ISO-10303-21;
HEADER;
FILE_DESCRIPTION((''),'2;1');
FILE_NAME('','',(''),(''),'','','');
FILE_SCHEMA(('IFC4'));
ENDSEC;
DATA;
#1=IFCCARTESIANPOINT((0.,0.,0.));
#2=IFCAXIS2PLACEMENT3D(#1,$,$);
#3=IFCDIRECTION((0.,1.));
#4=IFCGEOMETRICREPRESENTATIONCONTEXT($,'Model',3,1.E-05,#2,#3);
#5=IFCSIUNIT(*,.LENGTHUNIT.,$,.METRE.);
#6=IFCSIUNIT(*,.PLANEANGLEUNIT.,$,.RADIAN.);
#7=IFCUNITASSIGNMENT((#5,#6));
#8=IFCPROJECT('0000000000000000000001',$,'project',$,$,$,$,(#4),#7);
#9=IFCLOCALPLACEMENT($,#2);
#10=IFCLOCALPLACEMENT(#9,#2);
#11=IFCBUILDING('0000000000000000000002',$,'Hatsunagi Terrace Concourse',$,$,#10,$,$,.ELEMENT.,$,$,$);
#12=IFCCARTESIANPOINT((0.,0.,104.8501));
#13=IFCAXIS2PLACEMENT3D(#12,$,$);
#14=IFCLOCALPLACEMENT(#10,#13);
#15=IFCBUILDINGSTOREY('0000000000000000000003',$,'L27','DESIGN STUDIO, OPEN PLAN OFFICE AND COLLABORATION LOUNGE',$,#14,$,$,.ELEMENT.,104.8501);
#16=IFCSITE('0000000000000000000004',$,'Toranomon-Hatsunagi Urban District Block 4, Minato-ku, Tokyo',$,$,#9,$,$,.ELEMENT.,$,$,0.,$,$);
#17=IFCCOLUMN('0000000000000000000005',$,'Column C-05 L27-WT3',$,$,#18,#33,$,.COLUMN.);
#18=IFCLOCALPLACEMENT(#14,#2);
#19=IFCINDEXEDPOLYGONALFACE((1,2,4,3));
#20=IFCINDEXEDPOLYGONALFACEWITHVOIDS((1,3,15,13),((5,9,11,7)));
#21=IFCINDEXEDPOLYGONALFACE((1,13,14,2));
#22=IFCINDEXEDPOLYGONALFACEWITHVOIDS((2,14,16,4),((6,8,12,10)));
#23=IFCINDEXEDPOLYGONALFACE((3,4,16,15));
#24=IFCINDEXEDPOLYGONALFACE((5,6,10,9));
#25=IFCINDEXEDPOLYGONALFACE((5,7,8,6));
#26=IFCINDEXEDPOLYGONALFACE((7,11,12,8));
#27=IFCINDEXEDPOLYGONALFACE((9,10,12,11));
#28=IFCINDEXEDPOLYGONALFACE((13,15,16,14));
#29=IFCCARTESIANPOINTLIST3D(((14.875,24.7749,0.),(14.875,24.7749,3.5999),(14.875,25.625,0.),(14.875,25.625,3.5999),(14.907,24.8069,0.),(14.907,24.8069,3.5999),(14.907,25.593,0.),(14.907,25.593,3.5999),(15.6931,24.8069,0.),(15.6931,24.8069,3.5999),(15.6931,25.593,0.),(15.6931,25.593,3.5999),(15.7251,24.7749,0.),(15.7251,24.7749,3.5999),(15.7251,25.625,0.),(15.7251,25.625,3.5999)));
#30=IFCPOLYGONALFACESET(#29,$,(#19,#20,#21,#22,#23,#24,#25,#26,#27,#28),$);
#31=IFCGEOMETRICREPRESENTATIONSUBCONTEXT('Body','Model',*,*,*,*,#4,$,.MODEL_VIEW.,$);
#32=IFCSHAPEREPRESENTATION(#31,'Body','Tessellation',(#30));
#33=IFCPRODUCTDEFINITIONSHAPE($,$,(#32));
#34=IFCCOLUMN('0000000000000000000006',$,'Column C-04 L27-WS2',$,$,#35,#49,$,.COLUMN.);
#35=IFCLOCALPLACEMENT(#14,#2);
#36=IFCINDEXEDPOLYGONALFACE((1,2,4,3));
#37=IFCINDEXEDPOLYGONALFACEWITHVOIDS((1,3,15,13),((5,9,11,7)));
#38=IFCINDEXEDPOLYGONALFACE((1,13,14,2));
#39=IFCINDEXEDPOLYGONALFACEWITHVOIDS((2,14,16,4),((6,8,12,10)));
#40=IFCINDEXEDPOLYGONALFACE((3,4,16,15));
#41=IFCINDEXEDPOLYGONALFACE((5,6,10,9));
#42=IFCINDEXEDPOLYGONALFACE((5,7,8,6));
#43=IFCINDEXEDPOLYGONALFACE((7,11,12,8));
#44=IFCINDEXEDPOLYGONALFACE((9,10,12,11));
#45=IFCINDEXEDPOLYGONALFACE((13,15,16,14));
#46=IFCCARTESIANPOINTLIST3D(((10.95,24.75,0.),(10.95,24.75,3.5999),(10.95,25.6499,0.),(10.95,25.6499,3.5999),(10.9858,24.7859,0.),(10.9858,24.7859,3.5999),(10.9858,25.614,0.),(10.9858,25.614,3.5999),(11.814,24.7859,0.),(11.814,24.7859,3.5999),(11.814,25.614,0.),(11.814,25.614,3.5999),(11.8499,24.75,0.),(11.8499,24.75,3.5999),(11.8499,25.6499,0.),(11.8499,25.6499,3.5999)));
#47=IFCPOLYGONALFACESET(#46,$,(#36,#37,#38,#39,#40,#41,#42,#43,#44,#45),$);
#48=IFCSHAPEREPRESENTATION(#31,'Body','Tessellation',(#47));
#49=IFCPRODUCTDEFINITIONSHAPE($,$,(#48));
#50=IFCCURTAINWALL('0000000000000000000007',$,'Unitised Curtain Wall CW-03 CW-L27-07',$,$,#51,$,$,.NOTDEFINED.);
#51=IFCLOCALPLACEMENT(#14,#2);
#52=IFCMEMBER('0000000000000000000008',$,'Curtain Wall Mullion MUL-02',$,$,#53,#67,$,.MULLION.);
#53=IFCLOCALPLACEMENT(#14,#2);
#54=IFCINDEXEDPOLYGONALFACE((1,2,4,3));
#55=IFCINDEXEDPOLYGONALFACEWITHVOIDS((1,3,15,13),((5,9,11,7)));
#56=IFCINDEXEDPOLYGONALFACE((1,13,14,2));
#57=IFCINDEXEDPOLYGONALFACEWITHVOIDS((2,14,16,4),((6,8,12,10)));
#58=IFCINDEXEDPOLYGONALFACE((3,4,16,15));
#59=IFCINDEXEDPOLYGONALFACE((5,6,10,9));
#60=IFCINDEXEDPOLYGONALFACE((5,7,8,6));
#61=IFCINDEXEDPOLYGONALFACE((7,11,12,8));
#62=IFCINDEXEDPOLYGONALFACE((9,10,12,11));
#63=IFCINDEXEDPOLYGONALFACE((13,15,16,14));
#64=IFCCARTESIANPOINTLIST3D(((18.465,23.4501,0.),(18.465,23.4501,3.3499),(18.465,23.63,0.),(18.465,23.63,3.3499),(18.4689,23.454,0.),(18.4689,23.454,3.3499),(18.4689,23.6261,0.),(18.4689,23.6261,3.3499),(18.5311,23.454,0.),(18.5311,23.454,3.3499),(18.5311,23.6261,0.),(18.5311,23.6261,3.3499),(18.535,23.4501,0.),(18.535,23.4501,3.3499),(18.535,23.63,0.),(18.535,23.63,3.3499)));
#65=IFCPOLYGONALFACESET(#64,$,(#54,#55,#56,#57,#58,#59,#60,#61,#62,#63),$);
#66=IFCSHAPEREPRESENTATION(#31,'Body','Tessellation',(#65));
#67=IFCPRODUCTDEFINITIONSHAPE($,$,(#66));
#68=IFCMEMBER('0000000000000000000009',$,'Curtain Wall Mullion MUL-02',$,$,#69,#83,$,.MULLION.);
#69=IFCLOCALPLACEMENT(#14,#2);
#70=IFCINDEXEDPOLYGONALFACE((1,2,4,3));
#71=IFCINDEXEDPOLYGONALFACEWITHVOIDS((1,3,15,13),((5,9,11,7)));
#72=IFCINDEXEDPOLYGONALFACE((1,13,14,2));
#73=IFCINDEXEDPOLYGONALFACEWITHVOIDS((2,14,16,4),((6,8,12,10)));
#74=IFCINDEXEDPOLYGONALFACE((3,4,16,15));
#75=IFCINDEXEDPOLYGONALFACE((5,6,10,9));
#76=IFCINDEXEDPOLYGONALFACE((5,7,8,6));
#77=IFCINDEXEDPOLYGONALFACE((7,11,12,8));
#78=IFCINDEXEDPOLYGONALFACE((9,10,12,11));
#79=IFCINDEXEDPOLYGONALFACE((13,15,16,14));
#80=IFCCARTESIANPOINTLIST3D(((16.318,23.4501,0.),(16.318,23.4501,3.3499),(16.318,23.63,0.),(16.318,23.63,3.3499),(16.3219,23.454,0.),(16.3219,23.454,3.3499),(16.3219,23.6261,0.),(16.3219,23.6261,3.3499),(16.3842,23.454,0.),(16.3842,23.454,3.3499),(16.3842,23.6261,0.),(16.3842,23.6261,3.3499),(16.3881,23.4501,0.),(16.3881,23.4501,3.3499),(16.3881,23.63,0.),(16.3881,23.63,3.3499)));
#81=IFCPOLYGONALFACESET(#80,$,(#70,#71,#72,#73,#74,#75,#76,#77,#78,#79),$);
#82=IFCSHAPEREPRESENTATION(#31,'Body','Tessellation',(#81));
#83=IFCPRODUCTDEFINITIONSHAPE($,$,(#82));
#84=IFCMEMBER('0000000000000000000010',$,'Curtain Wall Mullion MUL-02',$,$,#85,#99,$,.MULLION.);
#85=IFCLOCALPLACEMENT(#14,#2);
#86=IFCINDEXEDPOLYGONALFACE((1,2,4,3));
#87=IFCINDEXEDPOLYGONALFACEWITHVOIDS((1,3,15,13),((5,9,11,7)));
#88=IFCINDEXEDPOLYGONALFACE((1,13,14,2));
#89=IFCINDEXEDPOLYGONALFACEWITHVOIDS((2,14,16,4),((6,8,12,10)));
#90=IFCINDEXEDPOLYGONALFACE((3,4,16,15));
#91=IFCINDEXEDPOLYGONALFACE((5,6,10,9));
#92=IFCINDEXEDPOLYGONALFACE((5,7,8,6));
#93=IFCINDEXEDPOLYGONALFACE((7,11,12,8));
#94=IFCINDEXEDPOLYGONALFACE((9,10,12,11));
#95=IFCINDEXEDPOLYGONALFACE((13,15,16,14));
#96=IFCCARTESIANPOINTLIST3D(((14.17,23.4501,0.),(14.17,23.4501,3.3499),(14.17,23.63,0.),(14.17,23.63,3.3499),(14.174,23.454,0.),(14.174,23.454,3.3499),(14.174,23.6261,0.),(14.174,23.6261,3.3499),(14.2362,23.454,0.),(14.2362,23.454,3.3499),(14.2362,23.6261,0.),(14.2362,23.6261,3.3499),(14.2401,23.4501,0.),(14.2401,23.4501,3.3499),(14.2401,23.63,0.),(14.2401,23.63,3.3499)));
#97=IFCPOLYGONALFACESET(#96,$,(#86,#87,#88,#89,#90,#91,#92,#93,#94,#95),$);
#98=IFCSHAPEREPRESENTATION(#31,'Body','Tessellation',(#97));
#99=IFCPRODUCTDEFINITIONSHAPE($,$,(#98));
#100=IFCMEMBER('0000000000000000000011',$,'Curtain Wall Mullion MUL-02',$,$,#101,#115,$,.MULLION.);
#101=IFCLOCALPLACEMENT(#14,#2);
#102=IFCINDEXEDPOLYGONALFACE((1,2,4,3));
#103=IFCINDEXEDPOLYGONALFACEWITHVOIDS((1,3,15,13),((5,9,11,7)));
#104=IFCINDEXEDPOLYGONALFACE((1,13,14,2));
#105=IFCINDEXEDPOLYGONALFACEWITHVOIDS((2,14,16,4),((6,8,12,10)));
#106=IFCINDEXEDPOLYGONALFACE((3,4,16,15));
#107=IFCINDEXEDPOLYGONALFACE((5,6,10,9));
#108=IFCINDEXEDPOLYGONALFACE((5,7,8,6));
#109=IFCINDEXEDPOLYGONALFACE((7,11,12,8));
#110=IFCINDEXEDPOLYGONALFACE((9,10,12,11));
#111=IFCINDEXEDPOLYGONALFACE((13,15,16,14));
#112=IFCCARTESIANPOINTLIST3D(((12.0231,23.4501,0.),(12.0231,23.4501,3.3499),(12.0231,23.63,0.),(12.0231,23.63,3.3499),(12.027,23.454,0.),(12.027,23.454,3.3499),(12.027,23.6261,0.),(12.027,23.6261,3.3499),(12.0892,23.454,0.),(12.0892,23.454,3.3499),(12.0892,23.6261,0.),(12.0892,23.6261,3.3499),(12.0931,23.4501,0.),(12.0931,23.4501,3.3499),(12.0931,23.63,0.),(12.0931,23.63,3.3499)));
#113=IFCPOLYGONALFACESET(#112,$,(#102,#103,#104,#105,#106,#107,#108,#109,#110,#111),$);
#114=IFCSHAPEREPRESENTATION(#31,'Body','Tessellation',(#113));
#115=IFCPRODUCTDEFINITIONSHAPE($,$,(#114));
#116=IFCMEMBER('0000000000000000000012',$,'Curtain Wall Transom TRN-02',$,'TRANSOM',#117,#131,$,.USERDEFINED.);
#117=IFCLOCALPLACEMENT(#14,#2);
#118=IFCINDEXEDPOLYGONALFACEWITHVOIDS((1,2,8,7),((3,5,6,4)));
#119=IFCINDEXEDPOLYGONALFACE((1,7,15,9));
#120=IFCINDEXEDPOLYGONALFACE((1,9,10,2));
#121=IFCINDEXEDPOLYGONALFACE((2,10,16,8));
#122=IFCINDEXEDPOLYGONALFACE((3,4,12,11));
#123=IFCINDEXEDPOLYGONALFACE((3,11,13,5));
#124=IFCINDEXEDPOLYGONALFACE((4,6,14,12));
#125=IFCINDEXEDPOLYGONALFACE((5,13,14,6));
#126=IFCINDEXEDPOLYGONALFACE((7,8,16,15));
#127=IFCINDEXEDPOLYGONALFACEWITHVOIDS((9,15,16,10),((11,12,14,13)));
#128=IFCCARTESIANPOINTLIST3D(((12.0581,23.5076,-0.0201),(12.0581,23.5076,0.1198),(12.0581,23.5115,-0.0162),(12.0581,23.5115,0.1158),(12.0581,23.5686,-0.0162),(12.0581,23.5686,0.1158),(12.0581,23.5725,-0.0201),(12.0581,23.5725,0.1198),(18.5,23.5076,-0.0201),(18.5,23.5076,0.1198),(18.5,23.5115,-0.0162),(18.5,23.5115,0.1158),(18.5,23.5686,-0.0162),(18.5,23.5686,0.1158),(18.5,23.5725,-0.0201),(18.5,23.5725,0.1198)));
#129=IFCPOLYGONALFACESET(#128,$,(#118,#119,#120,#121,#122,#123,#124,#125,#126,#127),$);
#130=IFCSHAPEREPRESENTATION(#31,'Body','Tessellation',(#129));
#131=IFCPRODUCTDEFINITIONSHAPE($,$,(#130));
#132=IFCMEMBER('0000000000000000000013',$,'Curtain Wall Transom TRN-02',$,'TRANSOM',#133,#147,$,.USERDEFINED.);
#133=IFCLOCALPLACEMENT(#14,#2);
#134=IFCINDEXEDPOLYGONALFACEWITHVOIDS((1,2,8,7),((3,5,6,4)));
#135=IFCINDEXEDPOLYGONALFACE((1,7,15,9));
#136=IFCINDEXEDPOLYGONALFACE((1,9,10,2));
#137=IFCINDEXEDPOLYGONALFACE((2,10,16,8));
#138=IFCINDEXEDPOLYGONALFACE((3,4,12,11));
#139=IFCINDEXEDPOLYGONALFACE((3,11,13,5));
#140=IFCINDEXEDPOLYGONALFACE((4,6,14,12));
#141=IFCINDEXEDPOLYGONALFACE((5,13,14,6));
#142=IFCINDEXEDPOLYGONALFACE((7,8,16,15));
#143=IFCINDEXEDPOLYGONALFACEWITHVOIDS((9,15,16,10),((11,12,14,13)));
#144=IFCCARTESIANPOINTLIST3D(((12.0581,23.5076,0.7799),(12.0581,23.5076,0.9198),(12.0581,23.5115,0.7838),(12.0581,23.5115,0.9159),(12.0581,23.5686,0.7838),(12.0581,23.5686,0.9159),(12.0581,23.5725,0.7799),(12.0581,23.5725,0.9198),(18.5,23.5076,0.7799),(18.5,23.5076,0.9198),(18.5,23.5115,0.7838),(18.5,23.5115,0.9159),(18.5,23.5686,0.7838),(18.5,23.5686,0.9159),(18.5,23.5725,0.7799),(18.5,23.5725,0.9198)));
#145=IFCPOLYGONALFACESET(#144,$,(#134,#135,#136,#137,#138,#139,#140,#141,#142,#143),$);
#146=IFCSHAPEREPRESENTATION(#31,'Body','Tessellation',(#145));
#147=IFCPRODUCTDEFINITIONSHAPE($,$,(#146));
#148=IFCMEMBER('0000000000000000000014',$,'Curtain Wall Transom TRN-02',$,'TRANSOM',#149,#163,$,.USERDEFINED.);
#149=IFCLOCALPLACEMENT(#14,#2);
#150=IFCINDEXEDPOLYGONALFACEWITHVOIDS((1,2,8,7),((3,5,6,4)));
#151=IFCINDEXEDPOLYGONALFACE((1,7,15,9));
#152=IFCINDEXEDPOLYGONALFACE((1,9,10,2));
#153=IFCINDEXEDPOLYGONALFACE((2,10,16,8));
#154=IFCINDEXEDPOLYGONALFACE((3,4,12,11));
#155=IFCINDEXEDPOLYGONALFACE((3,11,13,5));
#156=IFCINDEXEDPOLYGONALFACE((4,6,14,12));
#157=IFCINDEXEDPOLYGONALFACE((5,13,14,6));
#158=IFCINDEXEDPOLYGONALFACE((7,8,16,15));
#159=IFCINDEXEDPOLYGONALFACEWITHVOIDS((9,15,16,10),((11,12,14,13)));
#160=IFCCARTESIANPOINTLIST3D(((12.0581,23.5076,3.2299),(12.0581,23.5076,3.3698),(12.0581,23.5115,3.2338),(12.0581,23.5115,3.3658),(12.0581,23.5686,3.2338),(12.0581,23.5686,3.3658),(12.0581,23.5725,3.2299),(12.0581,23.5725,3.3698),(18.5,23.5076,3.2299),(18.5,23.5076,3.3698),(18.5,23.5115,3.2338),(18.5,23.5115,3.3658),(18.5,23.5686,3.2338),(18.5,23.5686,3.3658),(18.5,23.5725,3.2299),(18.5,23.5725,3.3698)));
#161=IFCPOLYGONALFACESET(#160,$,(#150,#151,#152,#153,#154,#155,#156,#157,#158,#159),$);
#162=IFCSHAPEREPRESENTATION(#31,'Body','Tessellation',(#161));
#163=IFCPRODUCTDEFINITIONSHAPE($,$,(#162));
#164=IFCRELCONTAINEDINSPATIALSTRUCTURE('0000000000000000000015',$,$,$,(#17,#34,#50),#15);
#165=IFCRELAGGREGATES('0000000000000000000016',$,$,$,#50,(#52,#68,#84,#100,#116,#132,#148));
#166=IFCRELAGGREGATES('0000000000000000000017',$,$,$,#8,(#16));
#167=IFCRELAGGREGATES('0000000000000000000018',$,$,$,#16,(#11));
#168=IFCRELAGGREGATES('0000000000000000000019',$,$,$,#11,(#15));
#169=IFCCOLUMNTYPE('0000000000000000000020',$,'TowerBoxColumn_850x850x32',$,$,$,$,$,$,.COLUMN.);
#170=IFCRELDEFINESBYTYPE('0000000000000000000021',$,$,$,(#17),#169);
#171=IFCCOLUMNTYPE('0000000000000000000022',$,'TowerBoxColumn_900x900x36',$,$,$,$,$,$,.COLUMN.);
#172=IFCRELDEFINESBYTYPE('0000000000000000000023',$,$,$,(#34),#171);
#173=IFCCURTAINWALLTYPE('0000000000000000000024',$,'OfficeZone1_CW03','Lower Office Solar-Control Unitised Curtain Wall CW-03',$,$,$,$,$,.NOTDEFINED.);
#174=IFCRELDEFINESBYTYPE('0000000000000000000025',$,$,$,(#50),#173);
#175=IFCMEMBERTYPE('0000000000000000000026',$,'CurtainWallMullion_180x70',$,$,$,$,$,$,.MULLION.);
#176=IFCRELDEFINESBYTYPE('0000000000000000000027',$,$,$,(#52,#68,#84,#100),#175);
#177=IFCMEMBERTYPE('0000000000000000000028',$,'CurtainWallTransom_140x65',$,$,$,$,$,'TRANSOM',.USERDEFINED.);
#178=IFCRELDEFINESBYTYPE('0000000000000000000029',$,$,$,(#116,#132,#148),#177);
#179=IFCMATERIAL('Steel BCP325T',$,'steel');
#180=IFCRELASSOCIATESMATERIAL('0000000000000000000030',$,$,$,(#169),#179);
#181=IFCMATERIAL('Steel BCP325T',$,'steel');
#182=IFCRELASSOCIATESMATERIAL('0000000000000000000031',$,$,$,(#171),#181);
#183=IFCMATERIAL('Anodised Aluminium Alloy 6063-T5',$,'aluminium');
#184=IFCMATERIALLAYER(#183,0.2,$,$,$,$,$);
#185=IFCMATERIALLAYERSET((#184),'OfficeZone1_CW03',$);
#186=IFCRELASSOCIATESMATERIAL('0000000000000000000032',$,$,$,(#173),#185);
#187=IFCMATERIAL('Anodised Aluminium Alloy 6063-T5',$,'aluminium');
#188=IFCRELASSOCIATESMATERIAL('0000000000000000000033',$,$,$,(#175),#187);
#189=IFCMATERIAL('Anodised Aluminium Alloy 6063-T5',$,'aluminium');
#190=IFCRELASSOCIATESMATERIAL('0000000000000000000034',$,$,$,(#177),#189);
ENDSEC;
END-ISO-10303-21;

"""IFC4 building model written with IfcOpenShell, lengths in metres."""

from ifc_helpers import new_model, si_unit, direction, frame, origin, origin_2d, place, context, subcontext, project, spatial, hollow_rectangle, extrude, material, layer, layer_set, material_profile, profile_set, type_object, element, aggregate, save


model = new_model("IFC4")

# Units and contexts
model_context = context("Model", 3, precision=1e-05, world=origin(), true_north=direction((0.0, 1.0)))
body_context = subcontext(model_context, "Body", "Model", "MODEL_VIEW")
ifc_project = project(units=[si_unit("LENGTHUNIT", "METRE"), si_unit("PLANEANGLEUNIT", "RADIAN")], contexts=[model_context])

# Site, building, storey
site_placement = place(None, origin())
site = spatial("IfcSite", under=ifc_project, at=site_placement, Name="Toranomon-Hatsunagi Urban District Block 4, Minato-ku, Tokyo", CompositionType="ELEMENT", RefElevation=0.0)
building_placement = place(site_placement, origin())
building = spatial("IfcBuilding", under=site, at=building_placement, Name="Hatsunagi Terrace Concourse", CompositionType="ELEMENT")
storey_placement = place(building_placement, frame((0.0, 0.0, 104.8501)))
storey = spatial("IfcBuildingStorey", under=building, at=storey_placement, Name="L27", Description="DESIGN STUDIO, OPEN PLAN OFFICE AND COLLABORATION LOUNGE", CompositionType="ELEMENT", Elevation=104.8501)

# Columns
ifc_material_1 = material(Name="Steel BCP325T", Category="steel")
ifc_material_profile_1 = material_profile(ifc_material_1, hollow_rectangle(XDim=0.8501, YDim=0.8501, WallThickness=0.032, at=origin_2d()), Name="BCP-850x850x32")
ifc_profile_set_1 = profile_set([ifc_material_profile_1], Name="Steel BCP325T")
column_type_1 = type_object("IfcColumnType", Name="TowerBoxColumn_850x850x32", PredefinedType="COLUMN", material=ifc_profile_set_1)
column_1_placement = place(storey_placement, frame((15.3, 25.2, 0.0), z_axis=(0.0, 0.0, 1.0), x_axis=(1.0, 0.0, 0.0)))
element("IfcColumn", 1, at=column_1_placement, inside=storey, type_object=column_type_1, Name="Column C-05 L27-WT3", PredefinedType="COLUMN", context=body_context, shape_type="SweptSolid", body=[
    extrude(hollow_rectangle(XDim=0.8501, YDim=0.8501, WallThickness=0.032, at=origin_2d()), origin(), (0.0, 0.0, 1.0), 3.5999),
])
ifc_material_2 = material(Name="Steel BCP325T", Category="steel")
ifc_material_profile_2 = material_profile(ifc_material_2, hollow_rectangle(XDim=0.8999, YDim=0.8999, WallThickness=0.0359, at=origin_2d()), Name="BCP-900x900x36")
ifc_profile_set_2 = profile_set([ifc_material_profile_2], Name="Steel BCP325T")
column_type_2 = type_object("IfcColumnType", Name="TowerBoxColumn_900x900x36", PredefinedType="COLUMN", material=ifc_profile_set_2)
column_2_placement = place(storey_placement, frame((11.3999, 25.2, 0.0), z_axis=(0.0, 0.0, 1.0), x_axis=(1.0, 0.0, 0.0)))
element("IfcColumn", 2, at=column_2_placement, inside=storey, type_object=column_type_2, Name="Column C-04 L27-WS2", PredefinedType="COLUMN", context=body_context, shape_type="SweptSolid", body=[
    extrude(hollow_rectangle(XDim=0.8999, YDim=0.8999, WallThickness=0.0359, at=origin_2d()), origin(), (0.0, 0.0, 1.0), 3.5999),
])

# Curtain wall, members
ifc_material_3 = material(Name="Anodised Aluminium Alloy 6063-T5", Category="aluminium")
ifc_layer_1 = layer(ifc_material_3, 0.2)
ifc_layer_set_1 = layer_set([ifc_layer_1], Name="OfficeZone1_CW03")
curtain_wall_type = type_object("IfcCurtainWallType", Name="OfficeZone1_CW03", Description="Lower Office Solar-Control Unitised Curtain Wall CW-03", PredefinedType="NOTDEFINED", material=ifc_layer_set_1)
curtain_wall_placement = place(storey_placement, origin())
curtain_wall = element("IfcCurtainWall", 3, at=curtain_wall_placement, inside=storey, type_object=curtain_wall_type, Name="Unitised Curtain Wall CW-03 CW-L27-07", PredefinedType="NOTDEFINED")
ifc_material_4 = material(Name="Anodised Aluminium Alloy 6063-T5", Category="aluminium")
ifc_material_profile_3 = material_profile(ifc_material_4, hollow_rectangle(XDim=0.0701, YDim=0.1799, WallThickness=0.0039, at=origin_2d()), Name="ALU-MUL-180x70x4")
ifc_profile_set_3 = profile_set([ifc_material_profile_3], Name="Anodised Aluminium Alloy 6063-T5")
member_type_1 = type_object("IfcMemberType", Name="CurtainWallMullion_180x70", PredefinedType="MULLION", material=ifc_profile_set_3)
member_1_placement = place(storey_placement, frame((18.5, 23.54, 0.0), z_axis=(0.0, 0.0, 1.0), x_axis=(-1.0, 0.0, 0.0)))
member_1 = element("IfcMember", 4, at=member_1_placement, type_object=member_type_1, Name="Curtain Wall Mullion MUL-02", PredefinedType="MULLION", context=body_context, shape_type="SweptSolid", body=[
    extrude(hollow_rectangle(XDim=0.0701, YDim=0.1799, WallThickness=0.0039, at=origin_2d()), origin(), (0.0, 0.0, 1.0), 3.3499),
])
member_2_placement = place(storey_placement, frame((16.353, 23.54, 0.0), z_axis=(0.0, 0.0, 1.0), x_axis=(-1.0, 0.0, 0.0)))
member_2 = element("IfcMember", 5, at=member_2_placement, type_object=member_type_1, Name="Curtain Wall Mullion MUL-02", PredefinedType="MULLION", context=body_context, shape_type="SweptSolid", body=[
    extrude(hollow_rectangle(XDim=0.0701, YDim=0.1799, WallThickness=0.0039, at=origin_2d()), origin(), (0.0, 0.0, 1.0), 3.3499),
])
member_3_placement = place(storey_placement, frame((14.2051, 23.54, 0.0), z_axis=(0.0, 0.0, 1.0), x_axis=(-1.0, 0.0, 0.0)))
member_3 = element("IfcMember", 6, at=member_3_placement, type_object=member_type_1, Name="Curtain Wall Mullion MUL-02", PredefinedType="MULLION", context=body_context, shape_type="SweptSolid", body=[
    extrude(hollow_rectangle(XDim=0.0701, YDim=0.1799, WallThickness=0.0039, at=origin_2d()), origin(), (0.0, 0.0, 1.0), 3.3499),
])
member_4_placement = place(storey_placement, frame((12.0581, 23.54, 0.0), z_axis=(0.0, 0.0, 1.0), x_axis=(-1.0, 0.0, 0.0)))
member_4 = element("IfcMember", 7, at=member_4_placement, type_object=member_type_1, Name="Curtain Wall Mullion MUL-02", PredefinedType="MULLION", context=body_context, shape_type="SweptSolid", body=[
    extrude(hollow_rectangle(XDim=0.0701, YDim=0.1799, WallThickness=0.0039, at=origin_2d()), origin(), (0.0, 0.0, 1.0), 3.3499),
])
ifc_material_5 = material(Name="Anodised Aluminium Alloy 6063-T5", Category="aluminium")
ifc_material_profile_4 = material_profile(ifc_material_5, hollow_rectangle(XDim=0.0649, YDim=0.1399, WallThickness=0.0039, at=origin_2d()), Name="ALU-TRN-140x65x4")
ifc_profile_set_4 = profile_set([ifc_material_profile_4], Name="Anodised Aluminium Alloy 6063-T5")
member_type_2 = type_object("IfcMemberType", Name="CurtainWallTransom_140x65", ElementType="TRANSOM", PredefinedType="USERDEFINED", material=ifc_profile_set_4)
member_5_placement = place(storey_placement, frame((18.5, 23.54, 0.0498), z_axis=(-1.0, 0.0, 0.0), x_axis=(0.0, -1.0, 0.0)))
member_5 = element("IfcMember", 8, at=member_5_placement, type_object=member_type_2, Name="Curtain Wall Transom TRN-02", ObjectType="TRANSOM", PredefinedType="USERDEFINED", context=body_context, shape_type="SweptSolid", body=[
    extrude(hollow_rectangle(XDim=0.0649, YDim=0.1399, WallThickness=0.0039, at=origin_2d()), origin(), (0.0, 0.0, 1.0), 6.4419),
])
member_6_placement = place(storey_placement, frame((18.5, 23.54, 0.8499), z_axis=(-1.0, 0.0, 0.0), x_axis=(0.0, -1.0, 0.0)))
member_6 = element("IfcMember", 9, at=member_6_placement, type_object=member_type_2, Name="Curtain Wall Transom TRN-02", ObjectType="TRANSOM", PredefinedType="USERDEFINED", context=body_context, shape_type="SweptSolid", body=[
    extrude(hollow_rectangle(XDim=0.0649, YDim=0.1399, WallThickness=0.0039, at=origin_2d()), origin(), (0.0, 0.0, 1.0), 6.4419),
])
member_7_placement = place(storey_placement, frame((18.5, 23.54, 3.2998), z_axis=(-1.0, 0.0, 0.0), x_axis=(0.0, -1.0, 0.0)))
member_7 = element("IfcMember", 10, at=member_7_placement, type_object=member_type_2, Name="Curtain Wall Transom TRN-02", ObjectType="TRANSOM", PredefinedType="USERDEFINED", context=body_context, shape_type="SweptSolid", body=[
    extrude(hollow_rectangle(XDim=0.0649, YDim=0.1399, WallThickness=0.0039, at=origin_2d()), origin(), (0.0, 0.0, 1.0), 6.4419),
])

aggregate(curtain_wall, [member_1, member_2, member_3, member_4, member_5, member_6, member_7])

save(model, "model.ifc")
